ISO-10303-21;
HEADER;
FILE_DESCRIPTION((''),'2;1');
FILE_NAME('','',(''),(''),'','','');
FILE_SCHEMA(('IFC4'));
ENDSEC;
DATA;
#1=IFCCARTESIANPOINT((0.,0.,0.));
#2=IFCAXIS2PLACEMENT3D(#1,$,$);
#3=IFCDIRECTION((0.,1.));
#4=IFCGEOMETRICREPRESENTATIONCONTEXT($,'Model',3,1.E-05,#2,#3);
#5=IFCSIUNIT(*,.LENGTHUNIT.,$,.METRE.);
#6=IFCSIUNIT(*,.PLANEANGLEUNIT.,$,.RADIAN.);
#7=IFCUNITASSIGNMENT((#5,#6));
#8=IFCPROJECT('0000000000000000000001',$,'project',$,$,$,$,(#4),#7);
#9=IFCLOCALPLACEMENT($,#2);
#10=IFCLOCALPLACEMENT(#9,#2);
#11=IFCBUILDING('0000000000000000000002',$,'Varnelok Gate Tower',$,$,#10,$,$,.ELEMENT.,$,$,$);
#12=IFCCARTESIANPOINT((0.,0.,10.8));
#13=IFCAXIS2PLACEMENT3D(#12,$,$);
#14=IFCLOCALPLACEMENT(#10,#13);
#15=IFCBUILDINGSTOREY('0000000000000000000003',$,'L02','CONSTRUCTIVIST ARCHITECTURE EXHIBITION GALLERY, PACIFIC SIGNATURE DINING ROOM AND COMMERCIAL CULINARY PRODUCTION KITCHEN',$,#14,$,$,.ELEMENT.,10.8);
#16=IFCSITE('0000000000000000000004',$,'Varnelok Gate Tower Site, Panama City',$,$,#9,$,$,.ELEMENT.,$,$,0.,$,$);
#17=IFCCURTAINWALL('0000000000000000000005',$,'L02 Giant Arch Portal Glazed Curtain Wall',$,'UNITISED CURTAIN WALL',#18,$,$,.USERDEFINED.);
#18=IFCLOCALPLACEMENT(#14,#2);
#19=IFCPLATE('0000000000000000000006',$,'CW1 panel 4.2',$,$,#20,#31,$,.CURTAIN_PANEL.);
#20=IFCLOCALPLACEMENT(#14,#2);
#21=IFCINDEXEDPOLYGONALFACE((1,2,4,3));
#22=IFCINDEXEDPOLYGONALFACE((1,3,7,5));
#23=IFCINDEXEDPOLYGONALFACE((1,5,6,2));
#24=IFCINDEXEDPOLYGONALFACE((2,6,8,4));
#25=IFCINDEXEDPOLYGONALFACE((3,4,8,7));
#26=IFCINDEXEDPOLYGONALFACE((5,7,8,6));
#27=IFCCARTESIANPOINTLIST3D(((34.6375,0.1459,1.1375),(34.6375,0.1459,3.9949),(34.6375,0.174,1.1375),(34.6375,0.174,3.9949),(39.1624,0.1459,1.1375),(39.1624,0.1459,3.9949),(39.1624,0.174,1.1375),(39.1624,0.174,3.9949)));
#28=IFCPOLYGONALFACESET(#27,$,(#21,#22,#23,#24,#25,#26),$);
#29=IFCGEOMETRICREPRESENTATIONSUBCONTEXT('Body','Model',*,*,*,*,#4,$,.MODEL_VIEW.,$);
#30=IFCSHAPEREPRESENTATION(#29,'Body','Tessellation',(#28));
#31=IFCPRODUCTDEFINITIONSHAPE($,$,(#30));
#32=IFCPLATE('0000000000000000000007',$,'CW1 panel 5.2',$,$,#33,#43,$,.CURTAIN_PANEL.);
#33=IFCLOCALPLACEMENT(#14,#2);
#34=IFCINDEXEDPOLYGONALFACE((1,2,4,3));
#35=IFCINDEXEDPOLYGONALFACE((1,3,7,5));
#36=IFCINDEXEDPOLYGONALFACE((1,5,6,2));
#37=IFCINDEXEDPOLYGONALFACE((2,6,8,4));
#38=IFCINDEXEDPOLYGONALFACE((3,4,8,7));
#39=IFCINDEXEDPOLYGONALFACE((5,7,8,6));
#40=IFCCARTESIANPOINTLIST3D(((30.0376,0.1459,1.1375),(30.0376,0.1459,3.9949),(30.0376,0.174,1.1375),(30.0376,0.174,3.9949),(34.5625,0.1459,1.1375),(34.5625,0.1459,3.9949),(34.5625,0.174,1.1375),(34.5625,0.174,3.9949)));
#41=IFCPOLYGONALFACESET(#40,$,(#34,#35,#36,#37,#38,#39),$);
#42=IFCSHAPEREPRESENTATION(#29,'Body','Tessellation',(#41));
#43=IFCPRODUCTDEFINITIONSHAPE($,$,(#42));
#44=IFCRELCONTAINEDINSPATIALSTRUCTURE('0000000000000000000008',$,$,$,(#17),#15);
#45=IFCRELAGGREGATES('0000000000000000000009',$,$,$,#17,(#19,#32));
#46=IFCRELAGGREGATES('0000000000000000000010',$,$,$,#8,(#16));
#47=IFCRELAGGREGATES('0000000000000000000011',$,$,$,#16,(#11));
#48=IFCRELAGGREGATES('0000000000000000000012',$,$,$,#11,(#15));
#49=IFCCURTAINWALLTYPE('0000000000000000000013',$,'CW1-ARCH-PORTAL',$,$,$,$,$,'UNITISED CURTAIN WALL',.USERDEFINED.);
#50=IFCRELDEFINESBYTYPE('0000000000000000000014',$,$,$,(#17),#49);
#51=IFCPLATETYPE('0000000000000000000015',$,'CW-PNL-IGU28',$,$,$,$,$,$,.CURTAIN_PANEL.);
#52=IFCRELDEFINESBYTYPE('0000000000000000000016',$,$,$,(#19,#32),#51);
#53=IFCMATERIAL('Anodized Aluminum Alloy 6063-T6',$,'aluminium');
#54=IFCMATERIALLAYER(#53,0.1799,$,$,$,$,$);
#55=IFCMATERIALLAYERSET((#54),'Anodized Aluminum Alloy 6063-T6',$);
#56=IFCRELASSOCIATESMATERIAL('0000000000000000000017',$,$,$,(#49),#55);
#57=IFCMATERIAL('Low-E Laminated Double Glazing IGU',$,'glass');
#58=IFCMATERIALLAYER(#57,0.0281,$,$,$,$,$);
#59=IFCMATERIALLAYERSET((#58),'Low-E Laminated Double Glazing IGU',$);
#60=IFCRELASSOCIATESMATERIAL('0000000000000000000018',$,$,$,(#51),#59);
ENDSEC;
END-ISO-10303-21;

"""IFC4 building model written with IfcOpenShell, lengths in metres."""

from ifc_helpers import new_model, si_unit, direction, frame, origin, origin_2d, place, context, subcontext, project, spatial, rectangle, extrude, source, transform, mapped, material, layer, layer_set, type_object, element, aggregate, save


model = new_model("IFC4")

# Units and contexts
model_context = context("Model", 3, precision=1e-05, world=origin(), true_north=direction((0.0, 1.0)))
body_context = subcontext(model_context, "Body", "Model", "MODEL_VIEW")
ifc_project = project(units=[si_unit("LENGTHUNIT", "METRE"), si_unit("PLANEANGLEUNIT", "RADIAN")], contexts=[model_context])

# Site, building, storey
site_placement = place(None, origin())
site = spatial("IfcSite", under=ifc_project, at=site_placement, Name="Varnelok Gate Tower Site, Panama City", CompositionType="ELEMENT", RefElevation=0.0)
building_placement = place(site_placement, origin())
building = spatial("IfcBuilding", under=site, at=building_placement, Name="Varnelok Gate Tower", CompositionType="ELEMENT")
storey_placement = place(building_placement, frame((0.0, 0.0, 10.8)))
storey = spatial("IfcBuildingStorey", under=building, at=storey_placement, Name="L02", Description="CONSTRUCTIVIST ARCHITECTURE EXHIBITION GALLERY, PACIFIC SIGNATURE DINING ROOM AND COMMERCIAL CULINARY PRODUCTION KITCHEN", CompositionType="ELEMENT", Elevation=10.8)

# Curtain wall
ifc_material_1 = material(Name="Anodized Aluminum Alloy 6063-T6", Category="aluminium")
ifc_layer_1 = layer(ifc_material_1, 0.1799)
ifc_layer_set_1 = layer_set([ifc_layer_1], Name="Anodized Aluminum Alloy 6063-T6")
curtain_wall_type = type_object("IfcCurtainWallType", Name="CW1-ARCH-PORTAL", ElementType="UNITISED CURTAIN WALL", PredefinedType="USERDEFINED", material=ifc_layer_set_1)
curtain_wall_placement = place(storey_placement, origin())
curtain_wall = element("IfcCurtainWall", 1, at=curtain_wall_placement, inside=storey, type_object=curtain_wall_type, Name="L02 Giant Arch Portal Glazed Curtain Wall", ObjectType="UNITISED CURTAIN WALL", PredefinedType="USERDEFINED")

# Plates
ifc_material_2 = material(Name="Low-E Laminated Double Glazing IGU", Category="glass")
ifc_layer_2 = layer(ifc_material_2, 0.0281)
ifc_layer_set_2 = layer_set([ifc_layer_2], Name="Low-E Laminated Double Glazing IGU")
plate_type_1 = type_object("IfcPlateType", Name="CW-PNL-IGU28", PredefinedType="CURTAIN_PANEL", material=ifc_layer_set_2)
shared_shape_1 = source(origin(), body_context, "Body", "SweptSolid", [
    extrude(rectangle(XDim=4.5249, YDim=0.0281, at=origin_2d()), origin(), (0.0, 0.0, 1.0), 2.8574),
])
plate_1_placement = place(storey_placement, frame((36.8999, 0.1599, 1.1375), z_axis=(0.0, 0.0, 1.0), x_axis=(-1.0, 0.0, 0.0)))
plate_1 = element("IfcPlate", 2, at=plate_1_placement, type_object=plate_type_1, Name="CW1 panel 4.2", PredefinedType="CURTAIN_PANEL", context=body_context, shape_type="MappedRepresentation", body=[
    mapped(shared_shape_1, transform((0.0, 0.0, 0.0), scale=1.0)),
])
plate_2_placement = place(storey_placement, frame((32.3, 0.1599, 1.1375), z_axis=(0.0, 0.0, 1.0), x_axis=(-1.0, 0.0, 0.0)))
plate_2 = element("IfcPlate", 3, at=plate_2_placement, type_object=plate_type_1, Name="CW1 panel 5.2", PredefinedType="CURTAIN_PANEL", context=body_context, shape_type="MappedRepresentation", body=[
    mapped(shared_shape_1, transform((0.0, 0.0, 0.0), scale=1.0)),
])
aggregate(curtain_wall, [plate_1, plate_2])

save(model, "model.ifc")
